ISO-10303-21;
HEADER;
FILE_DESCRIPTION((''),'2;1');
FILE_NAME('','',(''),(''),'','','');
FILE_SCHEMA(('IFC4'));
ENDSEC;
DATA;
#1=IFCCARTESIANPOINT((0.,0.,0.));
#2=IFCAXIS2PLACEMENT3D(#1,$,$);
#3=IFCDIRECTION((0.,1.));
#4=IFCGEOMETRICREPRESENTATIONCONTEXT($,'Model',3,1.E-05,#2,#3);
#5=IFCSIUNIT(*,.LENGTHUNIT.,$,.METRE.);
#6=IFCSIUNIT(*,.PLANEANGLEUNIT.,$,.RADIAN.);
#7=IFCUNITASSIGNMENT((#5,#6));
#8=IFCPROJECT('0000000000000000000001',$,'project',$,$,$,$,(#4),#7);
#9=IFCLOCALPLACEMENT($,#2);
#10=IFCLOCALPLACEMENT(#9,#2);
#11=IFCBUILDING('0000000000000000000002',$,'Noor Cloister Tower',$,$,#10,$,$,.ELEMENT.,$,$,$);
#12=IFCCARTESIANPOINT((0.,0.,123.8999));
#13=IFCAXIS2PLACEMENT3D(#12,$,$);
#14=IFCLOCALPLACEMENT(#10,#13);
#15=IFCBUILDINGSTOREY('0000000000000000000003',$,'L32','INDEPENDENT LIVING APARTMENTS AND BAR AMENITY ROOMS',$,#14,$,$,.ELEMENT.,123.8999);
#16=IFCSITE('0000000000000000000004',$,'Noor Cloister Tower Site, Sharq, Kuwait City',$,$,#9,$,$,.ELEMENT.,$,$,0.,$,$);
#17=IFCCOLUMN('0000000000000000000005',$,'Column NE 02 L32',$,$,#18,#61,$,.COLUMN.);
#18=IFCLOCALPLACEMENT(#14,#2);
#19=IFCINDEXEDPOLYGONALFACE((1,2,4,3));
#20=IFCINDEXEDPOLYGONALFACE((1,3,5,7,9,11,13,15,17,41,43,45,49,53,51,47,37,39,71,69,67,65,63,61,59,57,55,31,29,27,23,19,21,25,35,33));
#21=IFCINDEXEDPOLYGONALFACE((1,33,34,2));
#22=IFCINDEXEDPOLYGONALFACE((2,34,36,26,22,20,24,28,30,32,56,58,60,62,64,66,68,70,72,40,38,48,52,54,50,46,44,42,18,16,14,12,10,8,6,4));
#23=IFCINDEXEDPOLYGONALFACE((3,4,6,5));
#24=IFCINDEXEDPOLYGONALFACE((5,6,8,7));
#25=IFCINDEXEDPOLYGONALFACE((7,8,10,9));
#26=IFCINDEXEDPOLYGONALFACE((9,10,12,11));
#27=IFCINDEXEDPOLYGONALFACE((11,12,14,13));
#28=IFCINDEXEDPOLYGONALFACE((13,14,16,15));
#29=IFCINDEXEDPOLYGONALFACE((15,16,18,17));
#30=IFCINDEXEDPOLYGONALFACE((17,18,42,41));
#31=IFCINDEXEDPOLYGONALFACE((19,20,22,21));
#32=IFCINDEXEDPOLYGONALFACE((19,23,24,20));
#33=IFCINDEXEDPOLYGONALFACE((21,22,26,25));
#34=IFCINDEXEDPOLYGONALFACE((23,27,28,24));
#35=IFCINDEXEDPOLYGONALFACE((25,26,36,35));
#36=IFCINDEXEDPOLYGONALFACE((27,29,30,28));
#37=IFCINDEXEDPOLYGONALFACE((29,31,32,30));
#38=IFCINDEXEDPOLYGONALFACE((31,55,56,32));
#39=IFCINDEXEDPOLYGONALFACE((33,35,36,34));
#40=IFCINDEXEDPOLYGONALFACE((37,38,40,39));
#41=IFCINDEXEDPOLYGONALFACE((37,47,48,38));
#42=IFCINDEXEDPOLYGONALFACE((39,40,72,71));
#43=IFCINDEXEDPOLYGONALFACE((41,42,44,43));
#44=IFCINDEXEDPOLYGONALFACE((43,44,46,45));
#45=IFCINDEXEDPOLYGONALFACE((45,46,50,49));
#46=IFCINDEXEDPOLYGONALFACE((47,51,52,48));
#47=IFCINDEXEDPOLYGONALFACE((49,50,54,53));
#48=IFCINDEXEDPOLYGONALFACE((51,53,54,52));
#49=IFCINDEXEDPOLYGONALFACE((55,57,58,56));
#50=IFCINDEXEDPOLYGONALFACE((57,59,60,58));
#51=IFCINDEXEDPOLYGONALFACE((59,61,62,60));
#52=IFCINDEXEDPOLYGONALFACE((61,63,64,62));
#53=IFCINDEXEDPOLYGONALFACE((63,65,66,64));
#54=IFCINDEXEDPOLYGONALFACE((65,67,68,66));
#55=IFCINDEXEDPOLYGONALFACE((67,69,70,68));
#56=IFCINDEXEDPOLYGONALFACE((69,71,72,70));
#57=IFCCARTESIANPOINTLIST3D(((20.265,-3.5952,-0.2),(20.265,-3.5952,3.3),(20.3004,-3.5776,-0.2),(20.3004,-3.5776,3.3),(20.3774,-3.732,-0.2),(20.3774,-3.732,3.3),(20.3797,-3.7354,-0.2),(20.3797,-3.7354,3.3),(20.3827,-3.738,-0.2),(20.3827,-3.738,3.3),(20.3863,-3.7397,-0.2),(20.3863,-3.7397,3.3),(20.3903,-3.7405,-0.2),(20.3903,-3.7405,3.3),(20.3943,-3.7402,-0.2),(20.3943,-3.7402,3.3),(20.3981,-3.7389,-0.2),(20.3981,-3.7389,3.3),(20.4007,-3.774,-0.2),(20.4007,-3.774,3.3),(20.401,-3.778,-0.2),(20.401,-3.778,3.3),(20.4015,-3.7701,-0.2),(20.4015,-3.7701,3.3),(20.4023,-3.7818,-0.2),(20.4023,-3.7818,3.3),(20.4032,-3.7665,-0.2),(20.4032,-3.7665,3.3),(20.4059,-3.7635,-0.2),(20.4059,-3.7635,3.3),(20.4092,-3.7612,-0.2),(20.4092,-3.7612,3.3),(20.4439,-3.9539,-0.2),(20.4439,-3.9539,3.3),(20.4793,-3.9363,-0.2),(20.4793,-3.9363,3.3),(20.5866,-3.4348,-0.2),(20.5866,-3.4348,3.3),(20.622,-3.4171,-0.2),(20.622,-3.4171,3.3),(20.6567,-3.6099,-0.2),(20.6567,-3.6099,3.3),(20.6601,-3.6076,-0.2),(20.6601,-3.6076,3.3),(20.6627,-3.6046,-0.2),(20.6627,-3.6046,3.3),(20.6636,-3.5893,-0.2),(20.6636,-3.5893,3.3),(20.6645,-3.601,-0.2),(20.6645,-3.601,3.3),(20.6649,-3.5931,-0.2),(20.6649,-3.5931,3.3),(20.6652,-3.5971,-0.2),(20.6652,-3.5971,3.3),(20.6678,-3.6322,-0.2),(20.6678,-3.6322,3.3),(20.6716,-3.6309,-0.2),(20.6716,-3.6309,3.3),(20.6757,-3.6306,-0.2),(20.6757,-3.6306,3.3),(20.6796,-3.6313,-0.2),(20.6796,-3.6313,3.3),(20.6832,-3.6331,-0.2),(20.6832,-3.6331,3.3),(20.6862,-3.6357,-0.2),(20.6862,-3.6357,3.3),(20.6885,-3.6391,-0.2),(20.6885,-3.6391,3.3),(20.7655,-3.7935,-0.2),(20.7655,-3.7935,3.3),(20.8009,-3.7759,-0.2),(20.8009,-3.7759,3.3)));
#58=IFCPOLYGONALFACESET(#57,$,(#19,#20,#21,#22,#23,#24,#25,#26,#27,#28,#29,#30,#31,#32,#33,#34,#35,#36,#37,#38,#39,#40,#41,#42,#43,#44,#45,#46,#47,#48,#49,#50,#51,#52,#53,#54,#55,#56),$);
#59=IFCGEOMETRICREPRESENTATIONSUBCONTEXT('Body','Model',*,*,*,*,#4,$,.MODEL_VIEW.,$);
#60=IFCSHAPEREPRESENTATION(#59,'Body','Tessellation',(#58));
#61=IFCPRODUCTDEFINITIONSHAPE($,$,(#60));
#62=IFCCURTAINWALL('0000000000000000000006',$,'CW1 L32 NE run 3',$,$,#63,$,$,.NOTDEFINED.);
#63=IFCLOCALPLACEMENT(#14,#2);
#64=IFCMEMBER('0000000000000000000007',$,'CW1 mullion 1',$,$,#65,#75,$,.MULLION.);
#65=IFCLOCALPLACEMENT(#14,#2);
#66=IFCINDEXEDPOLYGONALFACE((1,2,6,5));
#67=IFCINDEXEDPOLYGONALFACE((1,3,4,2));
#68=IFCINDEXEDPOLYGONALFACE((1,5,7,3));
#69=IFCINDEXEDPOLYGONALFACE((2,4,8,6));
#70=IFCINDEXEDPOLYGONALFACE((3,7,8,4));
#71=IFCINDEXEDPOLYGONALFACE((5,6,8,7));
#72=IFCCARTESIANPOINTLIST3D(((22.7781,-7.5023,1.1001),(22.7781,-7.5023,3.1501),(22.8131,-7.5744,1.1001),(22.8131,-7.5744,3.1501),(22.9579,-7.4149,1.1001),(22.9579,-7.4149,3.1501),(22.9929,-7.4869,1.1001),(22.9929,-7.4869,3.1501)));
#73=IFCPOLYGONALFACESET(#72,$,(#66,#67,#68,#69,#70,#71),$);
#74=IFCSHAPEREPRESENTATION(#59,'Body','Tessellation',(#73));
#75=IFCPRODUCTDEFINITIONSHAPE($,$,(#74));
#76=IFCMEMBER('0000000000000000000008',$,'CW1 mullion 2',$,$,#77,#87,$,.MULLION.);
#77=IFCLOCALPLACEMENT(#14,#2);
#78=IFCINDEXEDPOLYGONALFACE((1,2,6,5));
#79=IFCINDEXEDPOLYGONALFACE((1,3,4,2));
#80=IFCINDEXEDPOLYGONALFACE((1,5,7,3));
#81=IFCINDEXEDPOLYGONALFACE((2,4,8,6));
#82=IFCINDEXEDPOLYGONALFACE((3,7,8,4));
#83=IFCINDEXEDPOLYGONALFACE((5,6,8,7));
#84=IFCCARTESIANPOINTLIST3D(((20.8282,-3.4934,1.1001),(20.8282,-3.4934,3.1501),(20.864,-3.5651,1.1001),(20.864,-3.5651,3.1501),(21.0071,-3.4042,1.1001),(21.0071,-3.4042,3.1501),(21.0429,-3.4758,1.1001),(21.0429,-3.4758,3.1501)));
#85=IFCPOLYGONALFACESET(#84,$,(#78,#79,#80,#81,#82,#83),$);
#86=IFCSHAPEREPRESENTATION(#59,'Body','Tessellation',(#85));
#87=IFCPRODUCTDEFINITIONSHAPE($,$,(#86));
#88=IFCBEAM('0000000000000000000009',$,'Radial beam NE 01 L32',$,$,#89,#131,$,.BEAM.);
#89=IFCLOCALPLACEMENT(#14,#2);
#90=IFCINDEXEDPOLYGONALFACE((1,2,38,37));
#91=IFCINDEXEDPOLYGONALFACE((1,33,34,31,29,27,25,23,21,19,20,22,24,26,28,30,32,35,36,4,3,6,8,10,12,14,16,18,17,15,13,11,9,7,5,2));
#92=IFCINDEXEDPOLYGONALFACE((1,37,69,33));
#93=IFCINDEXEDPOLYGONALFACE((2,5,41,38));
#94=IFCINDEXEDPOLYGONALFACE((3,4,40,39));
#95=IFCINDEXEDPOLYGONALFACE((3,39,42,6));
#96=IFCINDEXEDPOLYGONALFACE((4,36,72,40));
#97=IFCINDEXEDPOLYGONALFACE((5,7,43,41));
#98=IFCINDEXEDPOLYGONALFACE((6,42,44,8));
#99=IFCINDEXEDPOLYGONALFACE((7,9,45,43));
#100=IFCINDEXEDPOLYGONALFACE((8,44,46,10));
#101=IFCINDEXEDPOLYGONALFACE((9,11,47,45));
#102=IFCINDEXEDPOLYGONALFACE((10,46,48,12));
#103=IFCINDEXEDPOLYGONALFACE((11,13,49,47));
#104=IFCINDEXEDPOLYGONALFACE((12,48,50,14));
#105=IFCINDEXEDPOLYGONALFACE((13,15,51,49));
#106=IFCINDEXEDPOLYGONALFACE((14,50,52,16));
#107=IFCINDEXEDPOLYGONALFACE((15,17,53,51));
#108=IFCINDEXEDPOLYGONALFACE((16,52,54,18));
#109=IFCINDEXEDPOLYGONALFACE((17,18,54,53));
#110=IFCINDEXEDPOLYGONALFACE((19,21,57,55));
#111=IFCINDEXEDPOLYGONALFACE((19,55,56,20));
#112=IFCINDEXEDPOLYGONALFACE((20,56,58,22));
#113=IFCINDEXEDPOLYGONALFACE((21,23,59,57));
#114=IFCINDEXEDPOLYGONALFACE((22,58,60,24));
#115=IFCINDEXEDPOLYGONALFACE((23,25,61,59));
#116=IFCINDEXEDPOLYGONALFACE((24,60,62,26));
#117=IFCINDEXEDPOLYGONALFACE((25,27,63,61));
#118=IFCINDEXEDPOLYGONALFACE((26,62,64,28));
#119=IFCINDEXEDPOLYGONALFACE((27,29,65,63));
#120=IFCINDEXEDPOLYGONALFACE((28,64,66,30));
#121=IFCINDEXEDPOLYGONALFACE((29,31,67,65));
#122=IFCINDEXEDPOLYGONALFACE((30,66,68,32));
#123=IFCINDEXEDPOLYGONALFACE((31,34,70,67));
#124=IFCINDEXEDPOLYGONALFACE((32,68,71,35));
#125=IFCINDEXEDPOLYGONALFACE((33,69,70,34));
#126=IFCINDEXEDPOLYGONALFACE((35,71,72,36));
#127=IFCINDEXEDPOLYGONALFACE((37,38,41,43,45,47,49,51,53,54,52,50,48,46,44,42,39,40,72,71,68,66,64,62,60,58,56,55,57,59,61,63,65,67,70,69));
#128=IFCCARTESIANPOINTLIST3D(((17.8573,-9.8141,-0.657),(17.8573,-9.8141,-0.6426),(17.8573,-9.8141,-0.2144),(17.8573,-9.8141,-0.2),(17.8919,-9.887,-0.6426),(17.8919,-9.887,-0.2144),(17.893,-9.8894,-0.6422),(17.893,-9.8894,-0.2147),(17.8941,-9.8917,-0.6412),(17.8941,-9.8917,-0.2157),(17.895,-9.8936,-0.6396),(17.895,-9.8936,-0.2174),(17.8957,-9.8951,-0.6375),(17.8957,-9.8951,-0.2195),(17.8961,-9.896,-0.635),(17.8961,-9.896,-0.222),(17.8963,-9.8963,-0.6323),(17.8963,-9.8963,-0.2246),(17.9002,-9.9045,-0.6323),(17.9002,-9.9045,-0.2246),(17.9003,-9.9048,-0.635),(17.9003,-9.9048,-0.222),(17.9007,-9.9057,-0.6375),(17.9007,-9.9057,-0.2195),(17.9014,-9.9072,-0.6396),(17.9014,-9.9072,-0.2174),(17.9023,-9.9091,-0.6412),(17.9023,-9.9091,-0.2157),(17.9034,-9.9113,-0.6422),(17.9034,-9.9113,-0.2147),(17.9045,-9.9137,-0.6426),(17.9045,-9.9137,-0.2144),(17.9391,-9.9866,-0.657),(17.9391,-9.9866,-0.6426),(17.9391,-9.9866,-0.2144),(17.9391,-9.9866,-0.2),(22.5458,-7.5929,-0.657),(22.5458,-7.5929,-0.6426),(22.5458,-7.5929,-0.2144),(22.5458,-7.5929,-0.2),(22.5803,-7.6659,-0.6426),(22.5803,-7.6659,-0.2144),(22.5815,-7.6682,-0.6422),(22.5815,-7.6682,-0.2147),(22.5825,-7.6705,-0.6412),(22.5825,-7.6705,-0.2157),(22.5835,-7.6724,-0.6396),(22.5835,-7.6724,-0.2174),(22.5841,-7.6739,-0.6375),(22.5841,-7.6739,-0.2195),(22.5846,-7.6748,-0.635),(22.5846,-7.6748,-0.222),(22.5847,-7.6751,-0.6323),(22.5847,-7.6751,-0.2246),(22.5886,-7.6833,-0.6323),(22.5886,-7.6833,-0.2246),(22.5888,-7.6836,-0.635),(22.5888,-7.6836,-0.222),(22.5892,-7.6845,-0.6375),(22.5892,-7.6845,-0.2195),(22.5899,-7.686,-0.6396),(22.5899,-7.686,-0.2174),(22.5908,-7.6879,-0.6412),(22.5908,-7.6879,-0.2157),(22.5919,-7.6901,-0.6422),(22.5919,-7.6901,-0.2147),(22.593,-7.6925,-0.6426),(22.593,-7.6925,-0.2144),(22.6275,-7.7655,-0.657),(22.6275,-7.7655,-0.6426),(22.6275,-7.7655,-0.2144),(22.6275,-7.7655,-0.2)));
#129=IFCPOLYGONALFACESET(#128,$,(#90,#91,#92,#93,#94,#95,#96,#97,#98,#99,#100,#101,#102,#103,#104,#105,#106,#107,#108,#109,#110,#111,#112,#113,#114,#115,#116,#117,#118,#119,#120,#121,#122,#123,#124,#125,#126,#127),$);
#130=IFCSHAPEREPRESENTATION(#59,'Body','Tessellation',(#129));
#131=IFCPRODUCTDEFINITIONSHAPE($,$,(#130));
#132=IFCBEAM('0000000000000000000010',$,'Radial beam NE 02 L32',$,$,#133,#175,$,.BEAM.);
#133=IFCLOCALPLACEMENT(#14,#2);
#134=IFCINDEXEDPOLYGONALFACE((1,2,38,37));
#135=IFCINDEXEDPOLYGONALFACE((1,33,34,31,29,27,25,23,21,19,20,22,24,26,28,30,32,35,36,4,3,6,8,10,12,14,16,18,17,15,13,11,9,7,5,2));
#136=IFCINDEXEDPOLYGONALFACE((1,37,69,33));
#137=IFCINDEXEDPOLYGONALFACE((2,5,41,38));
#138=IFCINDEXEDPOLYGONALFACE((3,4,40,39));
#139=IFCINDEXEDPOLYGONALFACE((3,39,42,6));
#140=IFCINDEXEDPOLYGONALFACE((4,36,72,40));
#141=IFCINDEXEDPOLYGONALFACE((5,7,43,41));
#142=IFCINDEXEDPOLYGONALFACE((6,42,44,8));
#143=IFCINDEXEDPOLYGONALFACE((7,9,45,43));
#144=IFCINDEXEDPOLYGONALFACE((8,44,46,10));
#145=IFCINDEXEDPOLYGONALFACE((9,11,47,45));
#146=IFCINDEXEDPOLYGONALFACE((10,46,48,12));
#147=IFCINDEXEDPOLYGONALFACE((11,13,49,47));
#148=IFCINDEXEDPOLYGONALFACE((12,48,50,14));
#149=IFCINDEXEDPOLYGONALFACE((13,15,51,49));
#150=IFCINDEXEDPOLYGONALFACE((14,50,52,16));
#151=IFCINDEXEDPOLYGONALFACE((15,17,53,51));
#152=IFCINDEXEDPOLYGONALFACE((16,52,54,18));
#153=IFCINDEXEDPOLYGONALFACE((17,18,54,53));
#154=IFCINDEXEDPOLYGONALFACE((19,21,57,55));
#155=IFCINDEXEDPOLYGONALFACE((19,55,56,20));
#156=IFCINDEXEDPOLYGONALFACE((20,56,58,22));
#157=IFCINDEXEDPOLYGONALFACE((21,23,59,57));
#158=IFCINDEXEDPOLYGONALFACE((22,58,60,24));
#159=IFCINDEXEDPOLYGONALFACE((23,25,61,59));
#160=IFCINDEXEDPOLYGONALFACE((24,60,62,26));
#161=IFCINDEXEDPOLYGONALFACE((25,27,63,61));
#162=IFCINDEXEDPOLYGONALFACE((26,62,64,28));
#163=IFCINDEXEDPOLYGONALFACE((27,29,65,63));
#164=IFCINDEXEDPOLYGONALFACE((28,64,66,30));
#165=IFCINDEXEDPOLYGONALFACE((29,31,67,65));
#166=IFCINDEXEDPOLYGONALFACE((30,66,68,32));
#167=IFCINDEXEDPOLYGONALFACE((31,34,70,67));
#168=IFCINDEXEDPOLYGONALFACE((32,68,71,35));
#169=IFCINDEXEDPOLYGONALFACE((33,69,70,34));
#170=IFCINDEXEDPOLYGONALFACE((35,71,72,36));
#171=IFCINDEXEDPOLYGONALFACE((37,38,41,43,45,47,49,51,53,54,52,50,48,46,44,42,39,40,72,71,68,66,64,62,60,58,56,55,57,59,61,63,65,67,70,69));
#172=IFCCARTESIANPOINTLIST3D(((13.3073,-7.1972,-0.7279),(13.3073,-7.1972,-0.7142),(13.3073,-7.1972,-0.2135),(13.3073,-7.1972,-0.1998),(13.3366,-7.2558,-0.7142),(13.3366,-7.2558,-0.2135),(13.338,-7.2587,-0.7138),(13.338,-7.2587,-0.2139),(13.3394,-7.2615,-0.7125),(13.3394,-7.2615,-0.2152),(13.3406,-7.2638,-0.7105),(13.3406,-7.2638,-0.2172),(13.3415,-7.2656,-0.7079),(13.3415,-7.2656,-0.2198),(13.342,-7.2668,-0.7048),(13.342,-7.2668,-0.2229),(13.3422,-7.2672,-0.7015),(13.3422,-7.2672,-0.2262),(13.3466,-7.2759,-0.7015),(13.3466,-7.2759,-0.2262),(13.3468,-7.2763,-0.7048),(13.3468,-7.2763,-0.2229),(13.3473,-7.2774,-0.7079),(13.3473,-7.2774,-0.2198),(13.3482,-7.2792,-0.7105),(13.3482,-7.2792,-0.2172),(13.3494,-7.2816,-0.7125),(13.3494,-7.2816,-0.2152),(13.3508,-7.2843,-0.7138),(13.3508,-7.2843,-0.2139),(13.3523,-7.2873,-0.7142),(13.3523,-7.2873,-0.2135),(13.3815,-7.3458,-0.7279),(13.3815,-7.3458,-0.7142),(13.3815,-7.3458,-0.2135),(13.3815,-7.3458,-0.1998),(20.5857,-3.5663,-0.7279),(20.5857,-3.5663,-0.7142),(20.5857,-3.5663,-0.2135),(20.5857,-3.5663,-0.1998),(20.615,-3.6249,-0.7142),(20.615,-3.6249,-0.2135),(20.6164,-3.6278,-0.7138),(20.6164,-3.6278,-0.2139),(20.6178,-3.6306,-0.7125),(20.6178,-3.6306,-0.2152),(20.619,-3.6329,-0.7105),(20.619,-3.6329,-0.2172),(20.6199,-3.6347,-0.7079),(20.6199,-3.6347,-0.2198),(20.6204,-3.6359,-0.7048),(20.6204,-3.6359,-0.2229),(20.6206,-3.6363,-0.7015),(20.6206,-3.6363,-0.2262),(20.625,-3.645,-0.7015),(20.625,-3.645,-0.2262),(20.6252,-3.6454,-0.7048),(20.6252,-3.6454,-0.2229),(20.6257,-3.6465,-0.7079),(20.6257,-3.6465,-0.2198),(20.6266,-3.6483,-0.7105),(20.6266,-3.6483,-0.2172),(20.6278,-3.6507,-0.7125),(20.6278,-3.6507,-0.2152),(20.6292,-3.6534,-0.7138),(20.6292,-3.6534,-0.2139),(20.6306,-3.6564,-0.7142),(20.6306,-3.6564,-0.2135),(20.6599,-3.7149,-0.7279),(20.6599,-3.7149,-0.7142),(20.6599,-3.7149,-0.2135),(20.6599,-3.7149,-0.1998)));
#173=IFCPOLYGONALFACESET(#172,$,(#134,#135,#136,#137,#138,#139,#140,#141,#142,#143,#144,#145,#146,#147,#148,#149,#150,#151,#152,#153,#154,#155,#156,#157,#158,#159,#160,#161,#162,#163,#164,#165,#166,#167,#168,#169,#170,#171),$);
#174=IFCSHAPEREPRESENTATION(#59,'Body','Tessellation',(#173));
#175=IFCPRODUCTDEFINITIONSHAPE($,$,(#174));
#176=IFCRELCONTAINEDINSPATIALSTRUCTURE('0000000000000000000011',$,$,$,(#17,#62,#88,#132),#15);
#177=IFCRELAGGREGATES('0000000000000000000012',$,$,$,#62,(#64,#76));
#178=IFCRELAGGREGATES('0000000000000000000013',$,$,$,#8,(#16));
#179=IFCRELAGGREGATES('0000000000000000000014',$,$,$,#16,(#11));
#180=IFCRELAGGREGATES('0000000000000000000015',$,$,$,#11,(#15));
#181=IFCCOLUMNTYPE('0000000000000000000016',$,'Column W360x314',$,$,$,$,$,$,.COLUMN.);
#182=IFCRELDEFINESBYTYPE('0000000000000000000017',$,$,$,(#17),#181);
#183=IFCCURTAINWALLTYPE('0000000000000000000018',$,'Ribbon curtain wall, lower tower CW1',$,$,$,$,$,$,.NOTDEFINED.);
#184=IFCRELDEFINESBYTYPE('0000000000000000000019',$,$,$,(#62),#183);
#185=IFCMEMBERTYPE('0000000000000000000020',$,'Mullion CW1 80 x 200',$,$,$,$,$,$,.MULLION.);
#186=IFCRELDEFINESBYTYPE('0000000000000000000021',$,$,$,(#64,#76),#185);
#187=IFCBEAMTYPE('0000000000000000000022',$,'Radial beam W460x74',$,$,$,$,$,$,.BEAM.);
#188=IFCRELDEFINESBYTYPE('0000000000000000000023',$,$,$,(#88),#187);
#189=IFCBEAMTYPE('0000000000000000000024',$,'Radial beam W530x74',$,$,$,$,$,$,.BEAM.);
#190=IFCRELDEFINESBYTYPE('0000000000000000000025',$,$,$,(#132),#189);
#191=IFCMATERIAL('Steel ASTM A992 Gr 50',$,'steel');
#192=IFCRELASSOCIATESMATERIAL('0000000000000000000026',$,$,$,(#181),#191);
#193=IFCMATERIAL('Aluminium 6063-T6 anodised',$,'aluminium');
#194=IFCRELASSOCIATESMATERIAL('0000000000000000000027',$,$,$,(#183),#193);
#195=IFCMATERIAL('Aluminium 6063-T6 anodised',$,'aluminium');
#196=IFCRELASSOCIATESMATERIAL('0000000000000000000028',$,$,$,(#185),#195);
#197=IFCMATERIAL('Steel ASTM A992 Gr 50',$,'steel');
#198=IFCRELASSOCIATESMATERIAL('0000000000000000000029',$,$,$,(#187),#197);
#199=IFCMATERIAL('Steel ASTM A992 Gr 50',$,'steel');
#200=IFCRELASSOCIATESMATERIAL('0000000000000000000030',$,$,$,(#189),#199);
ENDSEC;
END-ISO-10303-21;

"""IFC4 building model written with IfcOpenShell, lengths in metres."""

from ifc_helpers import new_model, si_unit, direction, frame, origin, origin_2d, place, context, subcontext, project, spatial, rectangle, i_section, extrude, material, material_profile, profile_set, type_object, element, aggregate, save


model = new_model("IFC4")

# Units and contexts
model_context = context("Model", 3, precision=1e-05, world=origin(), true_north=direction((0.0, 1.0)))
body_context = subcontext(model_context, "Body", "Model", "MODEL_VIEW")
ifc_project = project(units=[si_unit("LENGTHUNIT", "METRE"), si_unit("PLANEANGLEUNIT", "RADIAN")], contexts=[model_context])

# Site, building, storey
site_placement = place(None, origin())
site = spatial("IfcSite", under=ifc_project, at=site_placement, Name="Noor Cloister Tower Site, Sharq, Kuwait City", CompositionType="ELEMENT", RefElevation=0.0)
building_placement = place(site_placement, origin())
building = spatial("IfcBuilding", under=site, at=building_placement, Name="Noor Cloister Tower", CompositionType="ELEMENT")
storey_placement = place(building_placement, frame((0.0, 0.0, 123.8999)))
storey = spatial("IfcBuildingStorey", under=building, at=storey_placement, Name="L32", Description="INDEPENDENT LIVING APARTMENTS AND BAR AMENITY ROOMS", CompositionType="ELEMENT", Elevation=123.8999)

# Column
ifc_material_1 = material(Name="Steel ASTM A992 Gr 50", Category="steel")
ifc_material_profile_1 = material_profile(ifc_material_1, i_section(OverallWidth=0.4009, OverallDepth=0.3989, WebThickness=0.0249, FlangeThickness=0.0396, FilletRadius=0.0154, at=origin_2d()), Name="W360x314")
ifc_profile_set_1 = profile_set([ifc_material_profile_1], Name="Steel ASTM A992 Gr 50")
column_type = type_object("IfcColumnType", Name="Column W360x314", PredefinedType="COLUMN", material=ifc_profile_set_1)
column_placement = place(storey_placement, frame((20.533, -3.6855, -0.2), z_axis=(0.0, 0.0, 1.0), x_axis=(-0.446379, 0.894844, 0.0)))
element("IfcColumn", 1, at=column_placement, inside=storey, type_object=column_type, Name="Column NE 02 L32", PredefinedType="COLUMN", context=body_context, shape_type="SweptSolid", body=[
    extrude(i_section(OverallWidth=0.4009, OverallDepth=0.3989, WebThickness=0.0249, FlangeThickness=0.0396, FilletRadius=0.0154, at=origin_2d()), origin(), (0.0, 0.0, 1.0), 3.5),
])

# Curtain wall, members
ifc_material_2 = material(Name="Aluminium 6063-T6 anodised", Category="aluminium")
curtain_wall_type = type_object("IfcCurtainWallType", Name="Ribbon curtain wall, lower tower CW1", PredefinedType="NOTDEFINED", material=ifc_material_2)
curtain_wall_placement = place(storey_placement, origin())
curtain_wall = element("IfcCurtainWall", 2, at=curtain_wall_placement, inside=storey, type_object=curtain_wall_type, Name="CW1 L32 NE run 3", PredefinedType="NOTDEFINED")
ifc_material_3 = material(Name="Aluminium 6063-T6 anodised", Category="aluminium")
ifc_material_profile_2 = material_profile(ifc_material_3, rectangle(XDim=0.2, YDim=0.0801, at=origin_2d()), Name="200 x 80 mullion")
ifc_profile_set_2 = profile_set([ifc_material_profile_2], Name="Aluminium 6063-T6 anodised")
member_type = type_object("IfcMemberType", Name="Mullion CW1 80 x 200", PredefinedType="MULLION", material=ifc_profile_set_2)
member_1_placement = place(storey_placement, frame((22.8855, -7.4946, 1.1001), z_axis=(0.0, 0.0, 1.0), x_axis=(-0.899328, -0.437276, 0.0)))
member_1 = element("IfcMember", 3, at=member_1_placement, type_object=member_type, Name="CW1 mullion 1", PredefinedType="MULLION", context=body_context, shape_type="SweptSolid", body=[
    extrude(rectangle(XDim=0.2, YDim=0.0801, at=origin_2d()), origin(), (0.0, 0.0, 1.0), 2.05),
])
member_2_placement = place(storey_placement, frame((20.9355, -3.4846, 1.1001), z_axis=(0.0, 0.0, 1.0), x_axis=(-0.894844, -0.446379, 0.0)))
member_2 = element("IfcMember", 4, at=member_2_placement, type_object=member_type, Name="CW1 mullion 2", PredefinedType="MULLION", context=body_context, shape_type="SweptSolid", body=[
    extrude(rectangle(XDim=0.2, YDim=0.0801, at=origin_2d()), origin(), (0.0, 0.0, 1.0), 2.05),
])

# Beams
ifc_material_4 = material(Name="Steel ASTM A992 Gr 50", Category="steel")
ifc_material_profile_3 = material_profile(ifc_material_4, i_section(OverallWidth=0.1909, OverallDepth=0.457, WebThickness=0.009, FlangeThickness=0.0144, FilletRadius=0.0103, at=origin_2d()), Name="W460x74")
ifc_profile_set_3 = profile_set([ifc_material_profile_3], Name="Steel ASTM A992 Gr 50")
beam_type_1 = type_object("IfcBeamType", Name="Radial beam W460x74", PredefinedType="BEAM", material=ifc_profile_set_3)
beam_1_placement = place(storey_placement, frame((22.5867, -7.6792, -0.4285), z_axis=(-0.903713, -0.428139, 0.0), x_axis=(0.428139, -0.903713, 0.0)))
element("IfcBeam", 5, at=beam_1_placement, inside=storey, type_object=beam_type_1, Name="Radial beam NE 01 L32", PredefinedType="BEAM", context=body_context, shape_type="SweptSolid", body=[
    extrude(i_section(OverallWidth=0.1909, OverallDepth=0.457, WebThickness=0.009, FlangeThickness=0.0144, FilletRadius=0.0103, at=origin_2d()), origin(), (0.0, 0.0, 1.0), 5.188),
])
ifc_material_5 = material(Name="Steel ASTM A992 Gr 50", Category="steel")
ifc_material_profile_4 = material_profile(ifc_material_5, i_section(OverallWidth=0.166, OverallDepth=0.5281, WebThickness=0.0098, FlangeThickness=0.0137, FilletRadius=0.0127, at=origin_2d()), Name="W530x74")
ifc_profile_set_4 = profile_set([ifc_material_profile_4], Name="Steel ASTM A992 Gr 50")
beam_type_2 = type_object("IfcBeamType", Name="Radial beam W530x74", PredefinedType="BEAM", material=ifc_profile_set_4)
beam_2_placement = place(storey_placement, frame((20.6228, -3.6406, -0.4639), z_axis=(-0.894835, -0.446397, 0.0), x_axis=(0.446397, -0.894835, 0.0)))
element("IfcBeam", 6, at=beam_2_placement, inside=storey, type_object=beam_type_2, Name="Radial beam NE 02 L32", PredefinedType="BEAM", context=body_context, shape_type="SweptSolid", body=[
    extrude(i_section(OverallWidth=0.166, OverallDepth=0.5281, WebThickness=0.0098, FlangeThickness=0.0137, FilletRadius=0.0127, at=origin_2d()), origin(), (0.0, 0.0, 1.0), 8.1338),
])

aggregate(curtain_wall, [member_1, member_2])

save(model, "model.ifc")
